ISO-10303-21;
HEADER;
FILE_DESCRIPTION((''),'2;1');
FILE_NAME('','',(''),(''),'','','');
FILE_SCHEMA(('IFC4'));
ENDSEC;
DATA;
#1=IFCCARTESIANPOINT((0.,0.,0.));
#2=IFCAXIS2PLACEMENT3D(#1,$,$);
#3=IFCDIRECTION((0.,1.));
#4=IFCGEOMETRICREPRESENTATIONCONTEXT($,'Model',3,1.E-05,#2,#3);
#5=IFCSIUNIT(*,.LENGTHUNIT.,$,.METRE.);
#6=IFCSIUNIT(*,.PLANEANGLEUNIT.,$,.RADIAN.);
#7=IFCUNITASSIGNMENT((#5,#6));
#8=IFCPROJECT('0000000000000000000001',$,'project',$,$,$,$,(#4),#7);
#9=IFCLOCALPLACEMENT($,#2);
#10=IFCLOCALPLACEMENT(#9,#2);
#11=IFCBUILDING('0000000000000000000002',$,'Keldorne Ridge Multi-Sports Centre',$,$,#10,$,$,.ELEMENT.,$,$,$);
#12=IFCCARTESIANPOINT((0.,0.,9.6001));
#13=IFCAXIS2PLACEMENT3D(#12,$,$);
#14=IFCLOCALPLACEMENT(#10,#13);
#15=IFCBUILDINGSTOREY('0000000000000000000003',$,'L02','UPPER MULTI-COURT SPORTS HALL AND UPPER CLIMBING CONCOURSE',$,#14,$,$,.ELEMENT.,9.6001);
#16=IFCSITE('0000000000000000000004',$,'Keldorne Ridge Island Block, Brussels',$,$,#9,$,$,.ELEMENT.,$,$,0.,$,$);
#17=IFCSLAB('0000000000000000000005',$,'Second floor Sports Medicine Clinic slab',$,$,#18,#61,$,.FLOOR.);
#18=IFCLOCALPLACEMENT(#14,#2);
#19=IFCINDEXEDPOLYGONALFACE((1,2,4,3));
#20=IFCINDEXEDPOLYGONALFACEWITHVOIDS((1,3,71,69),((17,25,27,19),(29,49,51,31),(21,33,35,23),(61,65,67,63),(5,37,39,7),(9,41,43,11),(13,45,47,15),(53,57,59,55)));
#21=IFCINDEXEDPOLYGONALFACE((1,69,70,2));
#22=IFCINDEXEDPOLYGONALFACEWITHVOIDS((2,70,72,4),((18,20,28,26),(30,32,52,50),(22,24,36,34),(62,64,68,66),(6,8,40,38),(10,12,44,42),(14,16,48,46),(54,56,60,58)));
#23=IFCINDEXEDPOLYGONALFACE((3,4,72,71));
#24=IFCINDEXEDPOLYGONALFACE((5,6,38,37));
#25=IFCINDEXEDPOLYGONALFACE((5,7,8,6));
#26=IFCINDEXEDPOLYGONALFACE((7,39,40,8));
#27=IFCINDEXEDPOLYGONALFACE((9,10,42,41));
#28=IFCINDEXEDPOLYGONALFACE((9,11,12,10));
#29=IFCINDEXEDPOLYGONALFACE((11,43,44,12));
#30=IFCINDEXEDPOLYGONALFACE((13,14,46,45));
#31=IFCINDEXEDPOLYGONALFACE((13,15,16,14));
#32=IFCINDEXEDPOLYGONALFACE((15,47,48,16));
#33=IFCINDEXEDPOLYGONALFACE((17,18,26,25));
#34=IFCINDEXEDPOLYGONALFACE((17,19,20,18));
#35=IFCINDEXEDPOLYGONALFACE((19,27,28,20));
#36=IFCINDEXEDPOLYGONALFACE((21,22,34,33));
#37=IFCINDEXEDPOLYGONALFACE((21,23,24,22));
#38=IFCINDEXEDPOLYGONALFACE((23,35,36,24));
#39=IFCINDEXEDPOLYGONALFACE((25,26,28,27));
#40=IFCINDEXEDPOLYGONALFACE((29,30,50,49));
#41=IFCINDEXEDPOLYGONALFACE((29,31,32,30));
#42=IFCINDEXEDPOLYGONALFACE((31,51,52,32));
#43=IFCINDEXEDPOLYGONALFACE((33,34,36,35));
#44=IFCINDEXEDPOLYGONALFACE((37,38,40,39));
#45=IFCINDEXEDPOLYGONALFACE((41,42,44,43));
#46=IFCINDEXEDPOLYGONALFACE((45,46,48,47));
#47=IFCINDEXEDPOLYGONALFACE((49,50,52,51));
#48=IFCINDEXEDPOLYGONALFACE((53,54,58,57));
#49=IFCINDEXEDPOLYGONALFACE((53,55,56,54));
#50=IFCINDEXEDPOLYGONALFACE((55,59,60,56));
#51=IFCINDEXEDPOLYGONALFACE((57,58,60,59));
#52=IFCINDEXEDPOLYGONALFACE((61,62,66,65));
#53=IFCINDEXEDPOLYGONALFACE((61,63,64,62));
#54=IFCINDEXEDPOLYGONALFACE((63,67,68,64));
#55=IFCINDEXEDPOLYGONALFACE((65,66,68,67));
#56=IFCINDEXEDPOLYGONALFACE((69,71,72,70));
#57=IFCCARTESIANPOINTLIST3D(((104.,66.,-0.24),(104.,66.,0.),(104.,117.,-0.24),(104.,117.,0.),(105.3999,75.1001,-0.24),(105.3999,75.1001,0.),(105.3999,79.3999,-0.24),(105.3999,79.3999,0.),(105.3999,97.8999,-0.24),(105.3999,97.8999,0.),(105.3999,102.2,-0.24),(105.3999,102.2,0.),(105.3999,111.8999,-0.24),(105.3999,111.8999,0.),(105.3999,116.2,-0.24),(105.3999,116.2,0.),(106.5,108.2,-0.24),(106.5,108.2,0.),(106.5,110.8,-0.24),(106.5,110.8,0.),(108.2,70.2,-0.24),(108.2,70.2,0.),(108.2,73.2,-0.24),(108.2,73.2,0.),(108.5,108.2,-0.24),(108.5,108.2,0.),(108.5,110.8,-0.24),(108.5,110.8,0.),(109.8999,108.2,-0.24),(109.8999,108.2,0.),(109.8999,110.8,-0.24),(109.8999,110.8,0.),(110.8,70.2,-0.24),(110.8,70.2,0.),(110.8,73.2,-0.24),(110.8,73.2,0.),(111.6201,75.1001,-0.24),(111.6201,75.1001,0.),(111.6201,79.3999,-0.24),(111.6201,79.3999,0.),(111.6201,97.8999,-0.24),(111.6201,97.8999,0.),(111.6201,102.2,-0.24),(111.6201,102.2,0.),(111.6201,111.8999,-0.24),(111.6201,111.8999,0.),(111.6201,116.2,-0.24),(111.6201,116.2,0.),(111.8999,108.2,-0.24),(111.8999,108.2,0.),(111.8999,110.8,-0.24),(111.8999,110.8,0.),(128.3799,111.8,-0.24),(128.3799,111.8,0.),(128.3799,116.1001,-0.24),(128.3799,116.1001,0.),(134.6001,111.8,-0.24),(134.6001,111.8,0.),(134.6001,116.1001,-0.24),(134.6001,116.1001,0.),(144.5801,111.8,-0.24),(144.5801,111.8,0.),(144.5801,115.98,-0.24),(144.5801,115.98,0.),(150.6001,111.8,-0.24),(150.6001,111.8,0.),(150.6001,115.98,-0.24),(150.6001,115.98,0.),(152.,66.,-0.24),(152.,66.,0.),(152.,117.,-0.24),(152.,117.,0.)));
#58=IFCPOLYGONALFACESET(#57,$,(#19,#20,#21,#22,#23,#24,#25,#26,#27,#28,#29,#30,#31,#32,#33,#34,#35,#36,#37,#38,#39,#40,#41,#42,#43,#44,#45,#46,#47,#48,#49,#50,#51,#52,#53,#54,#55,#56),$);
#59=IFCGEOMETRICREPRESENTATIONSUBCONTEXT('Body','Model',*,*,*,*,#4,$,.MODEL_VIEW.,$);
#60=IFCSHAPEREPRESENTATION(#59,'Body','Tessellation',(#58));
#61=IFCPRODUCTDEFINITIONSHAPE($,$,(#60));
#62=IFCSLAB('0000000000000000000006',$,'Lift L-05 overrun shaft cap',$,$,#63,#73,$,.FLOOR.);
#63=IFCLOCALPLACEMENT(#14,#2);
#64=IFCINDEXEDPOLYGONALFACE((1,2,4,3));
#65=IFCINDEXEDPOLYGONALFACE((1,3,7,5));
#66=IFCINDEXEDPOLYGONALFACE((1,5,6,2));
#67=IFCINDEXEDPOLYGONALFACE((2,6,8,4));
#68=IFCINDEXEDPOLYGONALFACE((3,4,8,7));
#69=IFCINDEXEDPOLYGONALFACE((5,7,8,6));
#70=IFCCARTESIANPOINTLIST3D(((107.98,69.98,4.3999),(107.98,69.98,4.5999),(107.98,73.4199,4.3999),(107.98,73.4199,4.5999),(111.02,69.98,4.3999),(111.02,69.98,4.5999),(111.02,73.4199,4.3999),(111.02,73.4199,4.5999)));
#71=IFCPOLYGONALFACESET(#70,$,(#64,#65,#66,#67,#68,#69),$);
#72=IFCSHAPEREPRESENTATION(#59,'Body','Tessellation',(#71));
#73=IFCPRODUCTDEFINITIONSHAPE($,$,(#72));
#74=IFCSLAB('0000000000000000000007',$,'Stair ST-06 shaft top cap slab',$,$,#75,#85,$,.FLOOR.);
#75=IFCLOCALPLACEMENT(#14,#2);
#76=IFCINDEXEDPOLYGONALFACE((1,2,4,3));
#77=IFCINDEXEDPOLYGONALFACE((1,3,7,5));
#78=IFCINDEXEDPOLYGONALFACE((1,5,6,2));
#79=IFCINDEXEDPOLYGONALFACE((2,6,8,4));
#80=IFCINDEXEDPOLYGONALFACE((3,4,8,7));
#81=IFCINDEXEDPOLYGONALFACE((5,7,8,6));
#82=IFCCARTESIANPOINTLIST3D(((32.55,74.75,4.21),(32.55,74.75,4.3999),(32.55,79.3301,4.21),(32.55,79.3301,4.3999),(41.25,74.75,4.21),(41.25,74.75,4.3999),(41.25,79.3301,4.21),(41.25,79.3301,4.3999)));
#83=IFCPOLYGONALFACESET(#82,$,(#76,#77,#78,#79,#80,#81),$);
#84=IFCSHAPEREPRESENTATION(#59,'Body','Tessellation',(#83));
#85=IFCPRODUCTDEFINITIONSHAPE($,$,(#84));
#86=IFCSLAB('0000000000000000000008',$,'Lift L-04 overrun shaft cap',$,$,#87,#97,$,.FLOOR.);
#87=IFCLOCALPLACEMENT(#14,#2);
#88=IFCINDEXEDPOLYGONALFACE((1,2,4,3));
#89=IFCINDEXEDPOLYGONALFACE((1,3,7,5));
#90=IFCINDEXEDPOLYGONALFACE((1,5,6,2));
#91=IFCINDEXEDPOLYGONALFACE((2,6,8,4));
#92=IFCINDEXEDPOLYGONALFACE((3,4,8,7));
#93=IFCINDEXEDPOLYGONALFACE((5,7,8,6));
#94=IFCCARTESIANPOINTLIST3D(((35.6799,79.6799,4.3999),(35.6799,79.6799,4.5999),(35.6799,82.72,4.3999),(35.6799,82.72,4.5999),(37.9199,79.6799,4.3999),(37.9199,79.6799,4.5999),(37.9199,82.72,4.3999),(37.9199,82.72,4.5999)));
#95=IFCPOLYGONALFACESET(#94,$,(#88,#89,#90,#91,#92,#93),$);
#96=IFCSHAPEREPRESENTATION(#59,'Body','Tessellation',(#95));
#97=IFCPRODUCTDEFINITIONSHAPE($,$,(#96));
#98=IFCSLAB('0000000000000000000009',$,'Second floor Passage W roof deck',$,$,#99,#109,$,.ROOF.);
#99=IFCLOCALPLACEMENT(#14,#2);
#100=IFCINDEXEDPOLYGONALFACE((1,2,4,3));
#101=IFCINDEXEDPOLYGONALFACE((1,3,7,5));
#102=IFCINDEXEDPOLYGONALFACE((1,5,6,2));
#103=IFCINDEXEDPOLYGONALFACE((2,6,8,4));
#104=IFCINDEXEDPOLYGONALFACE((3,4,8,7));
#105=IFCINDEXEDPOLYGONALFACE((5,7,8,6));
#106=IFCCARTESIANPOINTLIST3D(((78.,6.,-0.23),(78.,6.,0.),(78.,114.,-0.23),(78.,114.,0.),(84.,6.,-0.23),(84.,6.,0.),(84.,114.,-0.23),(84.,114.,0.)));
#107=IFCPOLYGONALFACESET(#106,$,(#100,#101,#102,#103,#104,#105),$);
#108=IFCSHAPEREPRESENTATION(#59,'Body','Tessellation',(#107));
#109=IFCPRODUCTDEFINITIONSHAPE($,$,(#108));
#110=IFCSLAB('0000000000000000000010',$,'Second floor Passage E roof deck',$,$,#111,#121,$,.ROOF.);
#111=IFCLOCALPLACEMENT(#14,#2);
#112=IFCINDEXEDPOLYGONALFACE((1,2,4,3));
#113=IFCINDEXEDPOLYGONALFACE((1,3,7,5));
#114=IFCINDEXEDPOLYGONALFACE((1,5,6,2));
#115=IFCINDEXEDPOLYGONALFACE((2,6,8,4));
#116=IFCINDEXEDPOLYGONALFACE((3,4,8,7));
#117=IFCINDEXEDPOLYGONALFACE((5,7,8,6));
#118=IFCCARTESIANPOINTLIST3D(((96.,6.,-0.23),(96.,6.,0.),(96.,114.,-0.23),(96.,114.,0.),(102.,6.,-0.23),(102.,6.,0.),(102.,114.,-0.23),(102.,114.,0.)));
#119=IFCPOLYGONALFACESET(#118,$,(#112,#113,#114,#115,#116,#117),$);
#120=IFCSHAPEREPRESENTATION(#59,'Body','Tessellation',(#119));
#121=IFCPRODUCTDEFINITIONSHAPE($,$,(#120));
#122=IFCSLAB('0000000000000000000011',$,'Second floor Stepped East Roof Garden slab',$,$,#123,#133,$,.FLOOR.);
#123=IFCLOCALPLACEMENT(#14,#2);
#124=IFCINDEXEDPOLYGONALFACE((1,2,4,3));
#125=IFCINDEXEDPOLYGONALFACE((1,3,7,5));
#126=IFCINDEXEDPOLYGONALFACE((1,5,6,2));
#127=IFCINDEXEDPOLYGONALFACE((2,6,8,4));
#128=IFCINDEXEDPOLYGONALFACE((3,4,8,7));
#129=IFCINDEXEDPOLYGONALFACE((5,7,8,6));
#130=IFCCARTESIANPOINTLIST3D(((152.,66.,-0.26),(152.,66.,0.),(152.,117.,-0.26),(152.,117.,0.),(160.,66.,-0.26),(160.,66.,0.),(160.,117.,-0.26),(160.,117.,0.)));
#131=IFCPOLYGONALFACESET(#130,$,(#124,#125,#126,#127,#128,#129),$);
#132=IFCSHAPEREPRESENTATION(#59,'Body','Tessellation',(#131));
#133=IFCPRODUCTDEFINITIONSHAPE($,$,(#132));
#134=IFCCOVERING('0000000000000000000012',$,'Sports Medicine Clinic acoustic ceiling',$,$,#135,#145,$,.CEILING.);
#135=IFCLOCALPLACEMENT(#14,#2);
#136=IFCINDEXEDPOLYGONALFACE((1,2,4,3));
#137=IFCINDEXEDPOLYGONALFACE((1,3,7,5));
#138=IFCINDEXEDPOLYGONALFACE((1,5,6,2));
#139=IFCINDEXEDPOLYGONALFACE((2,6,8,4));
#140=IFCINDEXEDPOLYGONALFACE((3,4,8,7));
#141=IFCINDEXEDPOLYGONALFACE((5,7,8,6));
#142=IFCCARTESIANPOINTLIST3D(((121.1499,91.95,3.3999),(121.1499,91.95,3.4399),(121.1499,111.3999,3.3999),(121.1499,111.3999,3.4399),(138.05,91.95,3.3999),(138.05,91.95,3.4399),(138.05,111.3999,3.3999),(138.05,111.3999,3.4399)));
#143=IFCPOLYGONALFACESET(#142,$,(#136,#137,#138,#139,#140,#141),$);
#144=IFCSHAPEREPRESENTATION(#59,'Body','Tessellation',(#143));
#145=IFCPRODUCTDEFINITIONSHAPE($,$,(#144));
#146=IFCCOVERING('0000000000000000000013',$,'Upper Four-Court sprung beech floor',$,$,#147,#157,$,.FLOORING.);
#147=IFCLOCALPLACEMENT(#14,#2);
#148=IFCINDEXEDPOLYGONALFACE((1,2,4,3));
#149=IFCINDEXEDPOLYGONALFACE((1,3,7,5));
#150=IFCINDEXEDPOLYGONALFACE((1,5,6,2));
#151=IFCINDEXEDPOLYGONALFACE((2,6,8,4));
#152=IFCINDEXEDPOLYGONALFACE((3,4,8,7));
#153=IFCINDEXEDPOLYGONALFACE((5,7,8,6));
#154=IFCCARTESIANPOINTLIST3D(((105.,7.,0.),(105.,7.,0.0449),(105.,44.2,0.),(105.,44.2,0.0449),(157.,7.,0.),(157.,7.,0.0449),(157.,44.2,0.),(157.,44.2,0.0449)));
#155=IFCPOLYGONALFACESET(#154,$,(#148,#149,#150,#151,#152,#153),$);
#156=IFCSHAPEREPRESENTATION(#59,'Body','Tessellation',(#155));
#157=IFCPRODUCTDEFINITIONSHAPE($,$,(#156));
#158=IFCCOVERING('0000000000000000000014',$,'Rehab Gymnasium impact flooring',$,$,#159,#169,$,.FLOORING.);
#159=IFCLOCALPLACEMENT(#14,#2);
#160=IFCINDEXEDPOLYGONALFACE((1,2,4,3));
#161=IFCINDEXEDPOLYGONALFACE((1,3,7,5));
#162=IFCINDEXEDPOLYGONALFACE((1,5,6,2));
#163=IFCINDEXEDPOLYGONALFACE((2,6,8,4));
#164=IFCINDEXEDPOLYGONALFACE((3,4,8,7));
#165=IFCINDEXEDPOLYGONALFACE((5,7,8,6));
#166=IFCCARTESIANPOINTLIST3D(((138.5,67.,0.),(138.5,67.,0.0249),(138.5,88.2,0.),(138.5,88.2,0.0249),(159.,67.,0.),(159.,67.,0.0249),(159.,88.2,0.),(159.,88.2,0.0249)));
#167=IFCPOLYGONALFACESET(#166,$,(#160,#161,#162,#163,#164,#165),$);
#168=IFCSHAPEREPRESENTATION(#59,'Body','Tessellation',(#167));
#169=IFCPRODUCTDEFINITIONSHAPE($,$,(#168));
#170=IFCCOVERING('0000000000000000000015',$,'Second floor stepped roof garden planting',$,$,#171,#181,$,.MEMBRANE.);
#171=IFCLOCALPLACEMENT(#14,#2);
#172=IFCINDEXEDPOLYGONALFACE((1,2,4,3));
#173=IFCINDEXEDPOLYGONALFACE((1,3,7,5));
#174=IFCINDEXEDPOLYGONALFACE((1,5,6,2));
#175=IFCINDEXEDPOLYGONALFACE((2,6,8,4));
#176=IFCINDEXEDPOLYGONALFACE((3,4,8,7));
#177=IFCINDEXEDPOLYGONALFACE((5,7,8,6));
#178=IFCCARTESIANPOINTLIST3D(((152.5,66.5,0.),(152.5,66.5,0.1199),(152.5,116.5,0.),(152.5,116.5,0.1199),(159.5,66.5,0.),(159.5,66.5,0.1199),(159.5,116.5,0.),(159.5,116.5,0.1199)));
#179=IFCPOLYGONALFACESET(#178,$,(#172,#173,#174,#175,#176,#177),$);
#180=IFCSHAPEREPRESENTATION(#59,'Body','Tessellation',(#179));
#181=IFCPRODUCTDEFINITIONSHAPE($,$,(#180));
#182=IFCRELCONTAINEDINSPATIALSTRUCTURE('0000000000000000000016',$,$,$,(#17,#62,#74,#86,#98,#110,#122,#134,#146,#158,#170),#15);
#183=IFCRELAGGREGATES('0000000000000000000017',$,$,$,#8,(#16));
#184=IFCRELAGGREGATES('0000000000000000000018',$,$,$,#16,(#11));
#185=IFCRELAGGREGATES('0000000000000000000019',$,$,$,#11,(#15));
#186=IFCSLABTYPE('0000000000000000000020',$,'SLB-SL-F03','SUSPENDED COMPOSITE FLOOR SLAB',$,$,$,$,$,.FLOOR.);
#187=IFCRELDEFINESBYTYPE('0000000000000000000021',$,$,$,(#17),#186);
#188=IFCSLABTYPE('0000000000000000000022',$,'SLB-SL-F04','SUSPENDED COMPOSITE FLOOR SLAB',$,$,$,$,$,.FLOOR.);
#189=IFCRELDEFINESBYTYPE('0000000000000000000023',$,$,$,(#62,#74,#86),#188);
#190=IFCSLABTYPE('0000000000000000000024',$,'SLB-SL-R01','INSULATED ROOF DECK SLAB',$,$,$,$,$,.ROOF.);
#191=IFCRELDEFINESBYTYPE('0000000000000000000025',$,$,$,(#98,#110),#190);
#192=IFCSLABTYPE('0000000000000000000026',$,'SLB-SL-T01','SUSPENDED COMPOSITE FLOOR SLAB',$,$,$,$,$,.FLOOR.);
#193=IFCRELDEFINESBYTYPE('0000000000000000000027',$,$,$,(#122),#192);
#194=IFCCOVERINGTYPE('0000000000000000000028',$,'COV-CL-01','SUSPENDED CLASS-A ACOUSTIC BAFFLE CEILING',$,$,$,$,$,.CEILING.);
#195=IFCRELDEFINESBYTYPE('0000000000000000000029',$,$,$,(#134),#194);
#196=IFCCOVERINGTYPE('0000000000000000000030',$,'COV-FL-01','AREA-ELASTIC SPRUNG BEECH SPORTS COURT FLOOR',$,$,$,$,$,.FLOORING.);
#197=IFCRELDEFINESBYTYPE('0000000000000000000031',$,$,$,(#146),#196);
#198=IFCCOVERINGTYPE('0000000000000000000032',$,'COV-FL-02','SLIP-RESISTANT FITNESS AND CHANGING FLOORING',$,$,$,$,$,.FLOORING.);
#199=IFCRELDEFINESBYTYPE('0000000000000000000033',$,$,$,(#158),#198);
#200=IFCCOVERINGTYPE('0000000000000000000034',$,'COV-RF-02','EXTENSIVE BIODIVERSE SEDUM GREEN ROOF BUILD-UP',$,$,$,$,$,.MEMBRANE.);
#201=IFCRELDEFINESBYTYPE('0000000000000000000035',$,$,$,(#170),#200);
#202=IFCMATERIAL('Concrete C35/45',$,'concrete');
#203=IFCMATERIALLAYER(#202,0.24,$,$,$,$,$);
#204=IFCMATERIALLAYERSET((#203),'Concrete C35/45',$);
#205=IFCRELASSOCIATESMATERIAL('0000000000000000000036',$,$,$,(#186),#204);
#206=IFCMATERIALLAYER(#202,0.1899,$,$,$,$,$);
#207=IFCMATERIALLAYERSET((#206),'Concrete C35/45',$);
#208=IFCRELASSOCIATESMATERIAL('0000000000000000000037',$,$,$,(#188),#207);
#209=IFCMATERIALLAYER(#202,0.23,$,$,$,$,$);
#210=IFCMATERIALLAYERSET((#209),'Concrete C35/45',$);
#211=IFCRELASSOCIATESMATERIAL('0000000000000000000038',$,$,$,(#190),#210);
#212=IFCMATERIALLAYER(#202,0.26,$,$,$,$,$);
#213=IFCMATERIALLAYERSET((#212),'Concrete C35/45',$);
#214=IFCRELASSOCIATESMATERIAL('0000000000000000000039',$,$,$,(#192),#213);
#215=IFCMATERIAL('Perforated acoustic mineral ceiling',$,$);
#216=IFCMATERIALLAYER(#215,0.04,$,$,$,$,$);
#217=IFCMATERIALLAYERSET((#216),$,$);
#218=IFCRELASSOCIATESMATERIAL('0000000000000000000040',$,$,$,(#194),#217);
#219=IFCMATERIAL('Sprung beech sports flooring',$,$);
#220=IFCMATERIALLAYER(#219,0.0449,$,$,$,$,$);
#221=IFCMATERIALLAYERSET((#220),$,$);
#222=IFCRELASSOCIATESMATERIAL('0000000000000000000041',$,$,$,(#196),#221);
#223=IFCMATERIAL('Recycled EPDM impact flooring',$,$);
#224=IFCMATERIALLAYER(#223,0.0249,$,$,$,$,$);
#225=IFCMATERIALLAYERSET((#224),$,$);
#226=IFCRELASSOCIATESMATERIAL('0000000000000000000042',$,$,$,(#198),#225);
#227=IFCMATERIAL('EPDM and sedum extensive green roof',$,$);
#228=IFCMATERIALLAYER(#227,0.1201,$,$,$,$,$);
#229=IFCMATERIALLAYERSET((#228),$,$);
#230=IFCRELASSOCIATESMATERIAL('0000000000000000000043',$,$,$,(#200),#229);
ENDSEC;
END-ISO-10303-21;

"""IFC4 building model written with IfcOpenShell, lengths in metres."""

from ifc_helpers import new_model, si_unit, direction, frame, origin, place, context, subcontext, project, spatial, polyline, outline, extrude, material, layer, layer_set, type_object, element, save


model = new_model("IFC4")

# Units and contexts
model_context = context("Model", 3, precision=1e-05, world=origin(), true_north=direction((0.0, 1.0)))
body_context = subcontext(model_context, "Body", "Model", "MODEL_VIEW")
ifc_project = project(units=[si_unit("LENGTHUNIT", "METRE"), si_unit("PLANEANGLEUNIT", "RADIAN")], contexts=[model_context])

# Site, building, storey
site_placement = place(None, origin())
site = spatial("IfcSite", under=ifc_project, at=site_placement, Name="Keldorne Ridge Island Block, Brussels", CompositionType="ELEMENT", RefElevation=0.0)
building_placement = place(site_placement, origin())
building = spatial("IfcBuilding", under=site, at=building_placement, Name="Keldorne Ridge Multi-Sports Centre", CompositionType="ELEMENT")
storey_placement = place(building_placement, frame((0.0, 0.0, 9.6001)))
storey = spatial("IfcBuildingStorey", under=building, at=storey_placement, Name="L02", Description="UPPER MULTI-COURT SPORTS HALL AND UPPER CLIMBING CONCOURSE", CompositionType="ELEMENT", Elevation=9.6001)

# Shared definitions
ifc_material_1 = material(Name="Concrete C35/45", Category="concrete")

# Slabs
ifc_layer_1 = layer(ifc_material_1, 0.24)
ifc_layer_set_1 = layer_set([ifc_layer_1], Name="Concrete C35/45")
slab_type_1 = type_object("IfcSlabType", Name="SLB-SL-F03", Description="SUSPENDED COMPOSITE FLOOR SLAB", PredefinedType="FLOOR", material=ifc_layer_set_1)
slab_1_placement = place(storey_placement, frame((0.0, 0.0, -0.24)))
element("IfcSlab", 1, at=slab_1_placement, inside=storey, type_object=slab_type_1, Name="Second floor Sports Medicine Clinic slab", PredefinedType="FLOOR", context=body_context, shape_type="SweptSolid", body=[
    extrude(outline(polyline([(104.0, 66.0), (152.0, 66.0), (152.0, 117.0), (104.0, 117.0), (104.0, 66.0)]), holes=[polyline([(105.3999, 111.8999), (105.3999, 116.2), (111.6201, 116.2), (111.6201, 111.8999), (105.3999, 111.8999)]), polyline([(105.3999, 75.1001), (105.3999, 79.3999), (111.6201, 79.3999), (111.6201, 75.1001), (105.3999, 75.1001)]), polyline([(144.5801, 111.8), (144.5801, 115.98), (150.6001, 115.98), (150.6001, 111.8), (144.5801, 111.8)]), polyline([(128.3799, 111.8), (128.3799, 116.1001), (134.6001, 116.1001), (134.6001, 111.8), (128.3799, 111.8)]), polyline([(105.3999, 97.8999), (105.3999, 102.2), (111.6201, 102.2), (111.6201, 97.8999), (105.3999, 97.8999)]), polyline([(106.5, 108.2), (106.5, 110.8), (108.5, 110.8), (108.5, 108.2), (106.5, 108.2)]), polyline([(109.8999, 108.2), (109.8999, 110.8), (111.8999, 110.8), (111.8999, 108.2), (109.8999, 108.2)]), polyline([(108.2, 70.2), (108.2, 73.2), (110.8, 73.2), (110.8, 70.2), (108.2, 70.2)])]), origin(), (0.0, 0.0, 1.0), 0.24),
])
ifc_layer_2 = layer(ifc_material_1, 0.1899)
ifc_layer_set_2 = layer_set([ifc_layer_2], Name="Concrete C35/45")
slab_type_2 = type_object("IfcSlabType", Name="SLB-SL-F04", Description="SUSPENDED COMPOSITE FLOOR SLAB", PredefinedType="FLOOR", material=ifc_layer_set_2)
slab_2_placement = place(storey_placement, frame((0.0, 0.0, 4.3999)))
element("IfcSlab", 2, at=slab_2_placement, inside=storey, type_object=slab_type_2, Name="Lift L-05 overrun shaft cap", PredefinedType="FLOOR", context=body_context, shape_type="SweptSolid", body=[
    extrude(outline(polyline([(107.98, 69.98), (111.02, 69.98), (111.02, 73.4199), (107.98, 73.4199), (107.98, 69.98)])), origin(), (0.0, 0.0, 1.0), 0.2),
])
slab_3_placement = place(storey_placement, frame((0.0, 0.0, 4.21)))
element("IfcSlab", 3, at=slab_3_placement, inside=storey, type_object=slab_type_2, Name="Stair ST-06 shaft top cap slab", PredefinedType="FLOOR", context=body_context, shape_type="SweptSolid", body=[
    extrude(outline(polyline([(32.55, 74.75), (41.25, 74.75), (41.25, 79.3301), (32.55, 79.3301), (32.55, 74.75)])), origin(), (0.0, 0.0, 1.0), 0.1899),
])
slab_4_placement = place(storey_placement, frame((0.0, 0.0, 4.3999)))
element("IfcSlab", 4, at=slab_4_placement, inside=storey, type_object=slab_type_2, Name="Lift L-04 overrun shaft cap", PredefinedType="FLOOR", context=body_context, shape_type="SweptSolid", body=[
    extrude(outline(polyline([(35.6799, 79.6799), (37.9199, 79.6799), (37.9199, 82.72), (35.6799, 82.72), (35.6799, 79.6799)])), origin(), (0.0, 0.0, 1.0), 0.2),
])
ifc_layer_3 = layer(ifc_material_1, 0.23)
ifc_layer_set_3 = layer_set([ifc_layer_3], Name="Concrete C35/45")
slab_type_3 = type_object("IfcSlabType", Name="SLB-SL-R01", Description="INSULATED ROOF DECK SLAB", PredefinedType="ROOF", material=ifc_layer_set_3)
slab_5_placement = place(storey_placement, frame((0.0, 0.0, -0.23)))
element("IfcSlab", 5, at=slab_5_placement, inside=storey, type_object=slab_type_3, Name="Second floor Passage W roof deck", PredefinedType="ROOF", context=body_context, shape_type="SweptSolid", body=[
    extrude(outline(polyline([(78.0, 6.0), (84.0, 6.0), (84.0, 114.0), (78.0, 114.0), (78.0, 6.0)])), origin(), (0.0, 0.0, 1.0), 0.23),
])
slab_6_placement = place(storey_placement, frame((0.0, 0.0, -0.23)))
element("IfcSlab", 6, at=slab_6_placement, inside=storey, type_object=slab_type_3, Name="Second floor Passage E roof deck", PredefinedType="ROOF", context=body_context, shape_type="SweptSolid", body=[
    extrude(outline(polyline([(96.0, 6.0), (102.0, 6.0), (102.0, 114.0), (96.0, 114.0), (96.0, 6.0)])), origin(), (0.0, 0.0, 1.0), 0.23),
])
ifc_layer_4 = layer(ifc_material_1, 0.26)
ifc_layer_set_4 = layer_set([ifc_layer_4], Name="Concrete C35/45")
slab_type_4 = type_object("IfcSlabType", Name="SLB-SL-T01", Description="SUSPENDED COMPOSITE FLOOR SLAB", PredefinedType="FLOOR", material=ifc_layer_set_4)
slab_7_placement = place(storey_placement, frame((0.0, 0.0, -0.26)))
element("IfcSlab", 7, at=slab_7_placement, inside=storey, type_object=slab_type_4, Name="Second floor Stepped East Roof Garden slab", PredefinedType="FLOOR", context=body_context, shape_type="SweptSolid", body=[
    extrude(outline(polyline([(152.0, 66.0), (160.0, 66.0), (160.0, 117.0), (152.0, 117.0), (152.0, 66.0)])), origin(), (0.0, 0.0, 1.0), 0.26),
])

# Coverings
ifc_material_2 = material(Name="Perforated acoustic mineral ceiling")
ifc_layer_5 = layer(ifc_material_2, 0.04)
ifc_layer_set_5 = layer_set([ifc_layer_5])
covering_type_1 = type_object("IfcCoveringType", Name="COV-CL-01", Description="SUSPENDED CLASS-A ACOUSTIC BAFFLE CEILING", PredefinedType="CEILING", material=ifc_layer_set_5)
covering_1_placement = place(storey_placement, frame((0.0, 0.0, 3.3999)))
element("IfcCovering", 8, at=covering_1_placement, inside=storey, type_object=covering_type_1, Name="Sports Medicine Clinic acoustic ceiling", PredefinedType="CEILING", context=body_context, shape_type="SweptSolid", body=[
    extrude(outline(polyline([(121.1499, 91.95), (138.05, 91.95), (138.05, 111.3999), (121.1499, 111.3999), (121.1499, 91.95)])), origin(), (0.0, 0.0, 1.0), 0.04),
])
ifc_material_3 = material(Name="Sprung beech sports flooring")
ifc_layer_6 = layer(ifc_material_3, 0.0449)
ifc_layer_set_6 = layer_set([ifc_layer_6])
covering_type_2 = type_object("IfcCoveringType", Name="COV-FL-01", Description="AREA-ELASTIC SPRUNG BEECH SPORTS COURT FLOOR", PredefinedType="FLOORING", material=ifc_layer_set_6)
covering_2_placement = place(storey_placement, origin())
element("IfcCovering", 9, at=covering_2_placement, inside=storey, type_object=covering_type_2, Name="Upper Four-Court sprung beech floor", PredefinedType="FLOORING", context=body_context, shape_type="SweptSolid", body=[
    extrude(outline(polyline([(105.0, 7.0), (157.0, 7.0), (157.0, 44.2), (105.0, 44.2), (105.0, 7.0)])), origin(), (0.0, 0.0, 1.0), 0.0449),
])
ifc_material_4 = material(Name="Recycled EPDM impact flooring")
ifc_layer_7 = layer(ifc_material_4, 0.0249)
ifc_layer_set_7 = layer_set([ifc_layer_7])
covering_type_3 = type_object("IfcCoveringType", Name="COV-FL-02", Description="SLIP-RESISTANT FITNESS AND CHANGING FLOORING", PredefinedType="FLOORING", material=ifc_layer_set_7)
covering_3_placement = place(storey_placement, origin())
element("IfcCovering", 10, at=covering_3_placement, inside=storey, type_object=covering_type_3, Name="Rehab Gymnasium impact flooring", PredefinedType="FLOORING", context=body_context, shape_type="SweptSolid", body=[
    extrude(outline(polyline([(138.5, 67.0), (159.0, 67.0), (159.0, 88.2), (138.5, 88.2), (138.5, 67.0)])), origin(), (0.0, 0.0, 1.0), 0.0249),
])
ifc_material_5 = material(Name="EPDM and sedum extensive green roof")
ifc_layer_8 = layer(ifc_material_5, 0.1201)
ifc_layer_set_8 = layer_set([ifc_layer_8])
covering_type_4 = type_object("IfcCoveringType", Name="COV-RF-02", Description="EXTENSIVE BIODIVERSE SEDUM GREEN ROOF BUILD-UP", PredefinedType="MEMBRANE", material=ifc_layer_set_8)
covering_4_placement = place(storey_placement, origin())
element("IfcCovering", 11, at=covering_4_placement, inside=storey, type_object=covering_type_4, Name="Second floor stepped roof garden planting", PredefinedType="MEMBRANE", context=body_context, shape_type="SweptSolid", body=[
    extrude(outline(polyline([(152.5, 66.5), (159.5, 66.5), (159.5, 116.5), (152.5, 116.5), (152.5, 66.5)])), origin(), (0.0, 0.0, 1.0), 0.1199),
])

save(model, "model.ifc")
